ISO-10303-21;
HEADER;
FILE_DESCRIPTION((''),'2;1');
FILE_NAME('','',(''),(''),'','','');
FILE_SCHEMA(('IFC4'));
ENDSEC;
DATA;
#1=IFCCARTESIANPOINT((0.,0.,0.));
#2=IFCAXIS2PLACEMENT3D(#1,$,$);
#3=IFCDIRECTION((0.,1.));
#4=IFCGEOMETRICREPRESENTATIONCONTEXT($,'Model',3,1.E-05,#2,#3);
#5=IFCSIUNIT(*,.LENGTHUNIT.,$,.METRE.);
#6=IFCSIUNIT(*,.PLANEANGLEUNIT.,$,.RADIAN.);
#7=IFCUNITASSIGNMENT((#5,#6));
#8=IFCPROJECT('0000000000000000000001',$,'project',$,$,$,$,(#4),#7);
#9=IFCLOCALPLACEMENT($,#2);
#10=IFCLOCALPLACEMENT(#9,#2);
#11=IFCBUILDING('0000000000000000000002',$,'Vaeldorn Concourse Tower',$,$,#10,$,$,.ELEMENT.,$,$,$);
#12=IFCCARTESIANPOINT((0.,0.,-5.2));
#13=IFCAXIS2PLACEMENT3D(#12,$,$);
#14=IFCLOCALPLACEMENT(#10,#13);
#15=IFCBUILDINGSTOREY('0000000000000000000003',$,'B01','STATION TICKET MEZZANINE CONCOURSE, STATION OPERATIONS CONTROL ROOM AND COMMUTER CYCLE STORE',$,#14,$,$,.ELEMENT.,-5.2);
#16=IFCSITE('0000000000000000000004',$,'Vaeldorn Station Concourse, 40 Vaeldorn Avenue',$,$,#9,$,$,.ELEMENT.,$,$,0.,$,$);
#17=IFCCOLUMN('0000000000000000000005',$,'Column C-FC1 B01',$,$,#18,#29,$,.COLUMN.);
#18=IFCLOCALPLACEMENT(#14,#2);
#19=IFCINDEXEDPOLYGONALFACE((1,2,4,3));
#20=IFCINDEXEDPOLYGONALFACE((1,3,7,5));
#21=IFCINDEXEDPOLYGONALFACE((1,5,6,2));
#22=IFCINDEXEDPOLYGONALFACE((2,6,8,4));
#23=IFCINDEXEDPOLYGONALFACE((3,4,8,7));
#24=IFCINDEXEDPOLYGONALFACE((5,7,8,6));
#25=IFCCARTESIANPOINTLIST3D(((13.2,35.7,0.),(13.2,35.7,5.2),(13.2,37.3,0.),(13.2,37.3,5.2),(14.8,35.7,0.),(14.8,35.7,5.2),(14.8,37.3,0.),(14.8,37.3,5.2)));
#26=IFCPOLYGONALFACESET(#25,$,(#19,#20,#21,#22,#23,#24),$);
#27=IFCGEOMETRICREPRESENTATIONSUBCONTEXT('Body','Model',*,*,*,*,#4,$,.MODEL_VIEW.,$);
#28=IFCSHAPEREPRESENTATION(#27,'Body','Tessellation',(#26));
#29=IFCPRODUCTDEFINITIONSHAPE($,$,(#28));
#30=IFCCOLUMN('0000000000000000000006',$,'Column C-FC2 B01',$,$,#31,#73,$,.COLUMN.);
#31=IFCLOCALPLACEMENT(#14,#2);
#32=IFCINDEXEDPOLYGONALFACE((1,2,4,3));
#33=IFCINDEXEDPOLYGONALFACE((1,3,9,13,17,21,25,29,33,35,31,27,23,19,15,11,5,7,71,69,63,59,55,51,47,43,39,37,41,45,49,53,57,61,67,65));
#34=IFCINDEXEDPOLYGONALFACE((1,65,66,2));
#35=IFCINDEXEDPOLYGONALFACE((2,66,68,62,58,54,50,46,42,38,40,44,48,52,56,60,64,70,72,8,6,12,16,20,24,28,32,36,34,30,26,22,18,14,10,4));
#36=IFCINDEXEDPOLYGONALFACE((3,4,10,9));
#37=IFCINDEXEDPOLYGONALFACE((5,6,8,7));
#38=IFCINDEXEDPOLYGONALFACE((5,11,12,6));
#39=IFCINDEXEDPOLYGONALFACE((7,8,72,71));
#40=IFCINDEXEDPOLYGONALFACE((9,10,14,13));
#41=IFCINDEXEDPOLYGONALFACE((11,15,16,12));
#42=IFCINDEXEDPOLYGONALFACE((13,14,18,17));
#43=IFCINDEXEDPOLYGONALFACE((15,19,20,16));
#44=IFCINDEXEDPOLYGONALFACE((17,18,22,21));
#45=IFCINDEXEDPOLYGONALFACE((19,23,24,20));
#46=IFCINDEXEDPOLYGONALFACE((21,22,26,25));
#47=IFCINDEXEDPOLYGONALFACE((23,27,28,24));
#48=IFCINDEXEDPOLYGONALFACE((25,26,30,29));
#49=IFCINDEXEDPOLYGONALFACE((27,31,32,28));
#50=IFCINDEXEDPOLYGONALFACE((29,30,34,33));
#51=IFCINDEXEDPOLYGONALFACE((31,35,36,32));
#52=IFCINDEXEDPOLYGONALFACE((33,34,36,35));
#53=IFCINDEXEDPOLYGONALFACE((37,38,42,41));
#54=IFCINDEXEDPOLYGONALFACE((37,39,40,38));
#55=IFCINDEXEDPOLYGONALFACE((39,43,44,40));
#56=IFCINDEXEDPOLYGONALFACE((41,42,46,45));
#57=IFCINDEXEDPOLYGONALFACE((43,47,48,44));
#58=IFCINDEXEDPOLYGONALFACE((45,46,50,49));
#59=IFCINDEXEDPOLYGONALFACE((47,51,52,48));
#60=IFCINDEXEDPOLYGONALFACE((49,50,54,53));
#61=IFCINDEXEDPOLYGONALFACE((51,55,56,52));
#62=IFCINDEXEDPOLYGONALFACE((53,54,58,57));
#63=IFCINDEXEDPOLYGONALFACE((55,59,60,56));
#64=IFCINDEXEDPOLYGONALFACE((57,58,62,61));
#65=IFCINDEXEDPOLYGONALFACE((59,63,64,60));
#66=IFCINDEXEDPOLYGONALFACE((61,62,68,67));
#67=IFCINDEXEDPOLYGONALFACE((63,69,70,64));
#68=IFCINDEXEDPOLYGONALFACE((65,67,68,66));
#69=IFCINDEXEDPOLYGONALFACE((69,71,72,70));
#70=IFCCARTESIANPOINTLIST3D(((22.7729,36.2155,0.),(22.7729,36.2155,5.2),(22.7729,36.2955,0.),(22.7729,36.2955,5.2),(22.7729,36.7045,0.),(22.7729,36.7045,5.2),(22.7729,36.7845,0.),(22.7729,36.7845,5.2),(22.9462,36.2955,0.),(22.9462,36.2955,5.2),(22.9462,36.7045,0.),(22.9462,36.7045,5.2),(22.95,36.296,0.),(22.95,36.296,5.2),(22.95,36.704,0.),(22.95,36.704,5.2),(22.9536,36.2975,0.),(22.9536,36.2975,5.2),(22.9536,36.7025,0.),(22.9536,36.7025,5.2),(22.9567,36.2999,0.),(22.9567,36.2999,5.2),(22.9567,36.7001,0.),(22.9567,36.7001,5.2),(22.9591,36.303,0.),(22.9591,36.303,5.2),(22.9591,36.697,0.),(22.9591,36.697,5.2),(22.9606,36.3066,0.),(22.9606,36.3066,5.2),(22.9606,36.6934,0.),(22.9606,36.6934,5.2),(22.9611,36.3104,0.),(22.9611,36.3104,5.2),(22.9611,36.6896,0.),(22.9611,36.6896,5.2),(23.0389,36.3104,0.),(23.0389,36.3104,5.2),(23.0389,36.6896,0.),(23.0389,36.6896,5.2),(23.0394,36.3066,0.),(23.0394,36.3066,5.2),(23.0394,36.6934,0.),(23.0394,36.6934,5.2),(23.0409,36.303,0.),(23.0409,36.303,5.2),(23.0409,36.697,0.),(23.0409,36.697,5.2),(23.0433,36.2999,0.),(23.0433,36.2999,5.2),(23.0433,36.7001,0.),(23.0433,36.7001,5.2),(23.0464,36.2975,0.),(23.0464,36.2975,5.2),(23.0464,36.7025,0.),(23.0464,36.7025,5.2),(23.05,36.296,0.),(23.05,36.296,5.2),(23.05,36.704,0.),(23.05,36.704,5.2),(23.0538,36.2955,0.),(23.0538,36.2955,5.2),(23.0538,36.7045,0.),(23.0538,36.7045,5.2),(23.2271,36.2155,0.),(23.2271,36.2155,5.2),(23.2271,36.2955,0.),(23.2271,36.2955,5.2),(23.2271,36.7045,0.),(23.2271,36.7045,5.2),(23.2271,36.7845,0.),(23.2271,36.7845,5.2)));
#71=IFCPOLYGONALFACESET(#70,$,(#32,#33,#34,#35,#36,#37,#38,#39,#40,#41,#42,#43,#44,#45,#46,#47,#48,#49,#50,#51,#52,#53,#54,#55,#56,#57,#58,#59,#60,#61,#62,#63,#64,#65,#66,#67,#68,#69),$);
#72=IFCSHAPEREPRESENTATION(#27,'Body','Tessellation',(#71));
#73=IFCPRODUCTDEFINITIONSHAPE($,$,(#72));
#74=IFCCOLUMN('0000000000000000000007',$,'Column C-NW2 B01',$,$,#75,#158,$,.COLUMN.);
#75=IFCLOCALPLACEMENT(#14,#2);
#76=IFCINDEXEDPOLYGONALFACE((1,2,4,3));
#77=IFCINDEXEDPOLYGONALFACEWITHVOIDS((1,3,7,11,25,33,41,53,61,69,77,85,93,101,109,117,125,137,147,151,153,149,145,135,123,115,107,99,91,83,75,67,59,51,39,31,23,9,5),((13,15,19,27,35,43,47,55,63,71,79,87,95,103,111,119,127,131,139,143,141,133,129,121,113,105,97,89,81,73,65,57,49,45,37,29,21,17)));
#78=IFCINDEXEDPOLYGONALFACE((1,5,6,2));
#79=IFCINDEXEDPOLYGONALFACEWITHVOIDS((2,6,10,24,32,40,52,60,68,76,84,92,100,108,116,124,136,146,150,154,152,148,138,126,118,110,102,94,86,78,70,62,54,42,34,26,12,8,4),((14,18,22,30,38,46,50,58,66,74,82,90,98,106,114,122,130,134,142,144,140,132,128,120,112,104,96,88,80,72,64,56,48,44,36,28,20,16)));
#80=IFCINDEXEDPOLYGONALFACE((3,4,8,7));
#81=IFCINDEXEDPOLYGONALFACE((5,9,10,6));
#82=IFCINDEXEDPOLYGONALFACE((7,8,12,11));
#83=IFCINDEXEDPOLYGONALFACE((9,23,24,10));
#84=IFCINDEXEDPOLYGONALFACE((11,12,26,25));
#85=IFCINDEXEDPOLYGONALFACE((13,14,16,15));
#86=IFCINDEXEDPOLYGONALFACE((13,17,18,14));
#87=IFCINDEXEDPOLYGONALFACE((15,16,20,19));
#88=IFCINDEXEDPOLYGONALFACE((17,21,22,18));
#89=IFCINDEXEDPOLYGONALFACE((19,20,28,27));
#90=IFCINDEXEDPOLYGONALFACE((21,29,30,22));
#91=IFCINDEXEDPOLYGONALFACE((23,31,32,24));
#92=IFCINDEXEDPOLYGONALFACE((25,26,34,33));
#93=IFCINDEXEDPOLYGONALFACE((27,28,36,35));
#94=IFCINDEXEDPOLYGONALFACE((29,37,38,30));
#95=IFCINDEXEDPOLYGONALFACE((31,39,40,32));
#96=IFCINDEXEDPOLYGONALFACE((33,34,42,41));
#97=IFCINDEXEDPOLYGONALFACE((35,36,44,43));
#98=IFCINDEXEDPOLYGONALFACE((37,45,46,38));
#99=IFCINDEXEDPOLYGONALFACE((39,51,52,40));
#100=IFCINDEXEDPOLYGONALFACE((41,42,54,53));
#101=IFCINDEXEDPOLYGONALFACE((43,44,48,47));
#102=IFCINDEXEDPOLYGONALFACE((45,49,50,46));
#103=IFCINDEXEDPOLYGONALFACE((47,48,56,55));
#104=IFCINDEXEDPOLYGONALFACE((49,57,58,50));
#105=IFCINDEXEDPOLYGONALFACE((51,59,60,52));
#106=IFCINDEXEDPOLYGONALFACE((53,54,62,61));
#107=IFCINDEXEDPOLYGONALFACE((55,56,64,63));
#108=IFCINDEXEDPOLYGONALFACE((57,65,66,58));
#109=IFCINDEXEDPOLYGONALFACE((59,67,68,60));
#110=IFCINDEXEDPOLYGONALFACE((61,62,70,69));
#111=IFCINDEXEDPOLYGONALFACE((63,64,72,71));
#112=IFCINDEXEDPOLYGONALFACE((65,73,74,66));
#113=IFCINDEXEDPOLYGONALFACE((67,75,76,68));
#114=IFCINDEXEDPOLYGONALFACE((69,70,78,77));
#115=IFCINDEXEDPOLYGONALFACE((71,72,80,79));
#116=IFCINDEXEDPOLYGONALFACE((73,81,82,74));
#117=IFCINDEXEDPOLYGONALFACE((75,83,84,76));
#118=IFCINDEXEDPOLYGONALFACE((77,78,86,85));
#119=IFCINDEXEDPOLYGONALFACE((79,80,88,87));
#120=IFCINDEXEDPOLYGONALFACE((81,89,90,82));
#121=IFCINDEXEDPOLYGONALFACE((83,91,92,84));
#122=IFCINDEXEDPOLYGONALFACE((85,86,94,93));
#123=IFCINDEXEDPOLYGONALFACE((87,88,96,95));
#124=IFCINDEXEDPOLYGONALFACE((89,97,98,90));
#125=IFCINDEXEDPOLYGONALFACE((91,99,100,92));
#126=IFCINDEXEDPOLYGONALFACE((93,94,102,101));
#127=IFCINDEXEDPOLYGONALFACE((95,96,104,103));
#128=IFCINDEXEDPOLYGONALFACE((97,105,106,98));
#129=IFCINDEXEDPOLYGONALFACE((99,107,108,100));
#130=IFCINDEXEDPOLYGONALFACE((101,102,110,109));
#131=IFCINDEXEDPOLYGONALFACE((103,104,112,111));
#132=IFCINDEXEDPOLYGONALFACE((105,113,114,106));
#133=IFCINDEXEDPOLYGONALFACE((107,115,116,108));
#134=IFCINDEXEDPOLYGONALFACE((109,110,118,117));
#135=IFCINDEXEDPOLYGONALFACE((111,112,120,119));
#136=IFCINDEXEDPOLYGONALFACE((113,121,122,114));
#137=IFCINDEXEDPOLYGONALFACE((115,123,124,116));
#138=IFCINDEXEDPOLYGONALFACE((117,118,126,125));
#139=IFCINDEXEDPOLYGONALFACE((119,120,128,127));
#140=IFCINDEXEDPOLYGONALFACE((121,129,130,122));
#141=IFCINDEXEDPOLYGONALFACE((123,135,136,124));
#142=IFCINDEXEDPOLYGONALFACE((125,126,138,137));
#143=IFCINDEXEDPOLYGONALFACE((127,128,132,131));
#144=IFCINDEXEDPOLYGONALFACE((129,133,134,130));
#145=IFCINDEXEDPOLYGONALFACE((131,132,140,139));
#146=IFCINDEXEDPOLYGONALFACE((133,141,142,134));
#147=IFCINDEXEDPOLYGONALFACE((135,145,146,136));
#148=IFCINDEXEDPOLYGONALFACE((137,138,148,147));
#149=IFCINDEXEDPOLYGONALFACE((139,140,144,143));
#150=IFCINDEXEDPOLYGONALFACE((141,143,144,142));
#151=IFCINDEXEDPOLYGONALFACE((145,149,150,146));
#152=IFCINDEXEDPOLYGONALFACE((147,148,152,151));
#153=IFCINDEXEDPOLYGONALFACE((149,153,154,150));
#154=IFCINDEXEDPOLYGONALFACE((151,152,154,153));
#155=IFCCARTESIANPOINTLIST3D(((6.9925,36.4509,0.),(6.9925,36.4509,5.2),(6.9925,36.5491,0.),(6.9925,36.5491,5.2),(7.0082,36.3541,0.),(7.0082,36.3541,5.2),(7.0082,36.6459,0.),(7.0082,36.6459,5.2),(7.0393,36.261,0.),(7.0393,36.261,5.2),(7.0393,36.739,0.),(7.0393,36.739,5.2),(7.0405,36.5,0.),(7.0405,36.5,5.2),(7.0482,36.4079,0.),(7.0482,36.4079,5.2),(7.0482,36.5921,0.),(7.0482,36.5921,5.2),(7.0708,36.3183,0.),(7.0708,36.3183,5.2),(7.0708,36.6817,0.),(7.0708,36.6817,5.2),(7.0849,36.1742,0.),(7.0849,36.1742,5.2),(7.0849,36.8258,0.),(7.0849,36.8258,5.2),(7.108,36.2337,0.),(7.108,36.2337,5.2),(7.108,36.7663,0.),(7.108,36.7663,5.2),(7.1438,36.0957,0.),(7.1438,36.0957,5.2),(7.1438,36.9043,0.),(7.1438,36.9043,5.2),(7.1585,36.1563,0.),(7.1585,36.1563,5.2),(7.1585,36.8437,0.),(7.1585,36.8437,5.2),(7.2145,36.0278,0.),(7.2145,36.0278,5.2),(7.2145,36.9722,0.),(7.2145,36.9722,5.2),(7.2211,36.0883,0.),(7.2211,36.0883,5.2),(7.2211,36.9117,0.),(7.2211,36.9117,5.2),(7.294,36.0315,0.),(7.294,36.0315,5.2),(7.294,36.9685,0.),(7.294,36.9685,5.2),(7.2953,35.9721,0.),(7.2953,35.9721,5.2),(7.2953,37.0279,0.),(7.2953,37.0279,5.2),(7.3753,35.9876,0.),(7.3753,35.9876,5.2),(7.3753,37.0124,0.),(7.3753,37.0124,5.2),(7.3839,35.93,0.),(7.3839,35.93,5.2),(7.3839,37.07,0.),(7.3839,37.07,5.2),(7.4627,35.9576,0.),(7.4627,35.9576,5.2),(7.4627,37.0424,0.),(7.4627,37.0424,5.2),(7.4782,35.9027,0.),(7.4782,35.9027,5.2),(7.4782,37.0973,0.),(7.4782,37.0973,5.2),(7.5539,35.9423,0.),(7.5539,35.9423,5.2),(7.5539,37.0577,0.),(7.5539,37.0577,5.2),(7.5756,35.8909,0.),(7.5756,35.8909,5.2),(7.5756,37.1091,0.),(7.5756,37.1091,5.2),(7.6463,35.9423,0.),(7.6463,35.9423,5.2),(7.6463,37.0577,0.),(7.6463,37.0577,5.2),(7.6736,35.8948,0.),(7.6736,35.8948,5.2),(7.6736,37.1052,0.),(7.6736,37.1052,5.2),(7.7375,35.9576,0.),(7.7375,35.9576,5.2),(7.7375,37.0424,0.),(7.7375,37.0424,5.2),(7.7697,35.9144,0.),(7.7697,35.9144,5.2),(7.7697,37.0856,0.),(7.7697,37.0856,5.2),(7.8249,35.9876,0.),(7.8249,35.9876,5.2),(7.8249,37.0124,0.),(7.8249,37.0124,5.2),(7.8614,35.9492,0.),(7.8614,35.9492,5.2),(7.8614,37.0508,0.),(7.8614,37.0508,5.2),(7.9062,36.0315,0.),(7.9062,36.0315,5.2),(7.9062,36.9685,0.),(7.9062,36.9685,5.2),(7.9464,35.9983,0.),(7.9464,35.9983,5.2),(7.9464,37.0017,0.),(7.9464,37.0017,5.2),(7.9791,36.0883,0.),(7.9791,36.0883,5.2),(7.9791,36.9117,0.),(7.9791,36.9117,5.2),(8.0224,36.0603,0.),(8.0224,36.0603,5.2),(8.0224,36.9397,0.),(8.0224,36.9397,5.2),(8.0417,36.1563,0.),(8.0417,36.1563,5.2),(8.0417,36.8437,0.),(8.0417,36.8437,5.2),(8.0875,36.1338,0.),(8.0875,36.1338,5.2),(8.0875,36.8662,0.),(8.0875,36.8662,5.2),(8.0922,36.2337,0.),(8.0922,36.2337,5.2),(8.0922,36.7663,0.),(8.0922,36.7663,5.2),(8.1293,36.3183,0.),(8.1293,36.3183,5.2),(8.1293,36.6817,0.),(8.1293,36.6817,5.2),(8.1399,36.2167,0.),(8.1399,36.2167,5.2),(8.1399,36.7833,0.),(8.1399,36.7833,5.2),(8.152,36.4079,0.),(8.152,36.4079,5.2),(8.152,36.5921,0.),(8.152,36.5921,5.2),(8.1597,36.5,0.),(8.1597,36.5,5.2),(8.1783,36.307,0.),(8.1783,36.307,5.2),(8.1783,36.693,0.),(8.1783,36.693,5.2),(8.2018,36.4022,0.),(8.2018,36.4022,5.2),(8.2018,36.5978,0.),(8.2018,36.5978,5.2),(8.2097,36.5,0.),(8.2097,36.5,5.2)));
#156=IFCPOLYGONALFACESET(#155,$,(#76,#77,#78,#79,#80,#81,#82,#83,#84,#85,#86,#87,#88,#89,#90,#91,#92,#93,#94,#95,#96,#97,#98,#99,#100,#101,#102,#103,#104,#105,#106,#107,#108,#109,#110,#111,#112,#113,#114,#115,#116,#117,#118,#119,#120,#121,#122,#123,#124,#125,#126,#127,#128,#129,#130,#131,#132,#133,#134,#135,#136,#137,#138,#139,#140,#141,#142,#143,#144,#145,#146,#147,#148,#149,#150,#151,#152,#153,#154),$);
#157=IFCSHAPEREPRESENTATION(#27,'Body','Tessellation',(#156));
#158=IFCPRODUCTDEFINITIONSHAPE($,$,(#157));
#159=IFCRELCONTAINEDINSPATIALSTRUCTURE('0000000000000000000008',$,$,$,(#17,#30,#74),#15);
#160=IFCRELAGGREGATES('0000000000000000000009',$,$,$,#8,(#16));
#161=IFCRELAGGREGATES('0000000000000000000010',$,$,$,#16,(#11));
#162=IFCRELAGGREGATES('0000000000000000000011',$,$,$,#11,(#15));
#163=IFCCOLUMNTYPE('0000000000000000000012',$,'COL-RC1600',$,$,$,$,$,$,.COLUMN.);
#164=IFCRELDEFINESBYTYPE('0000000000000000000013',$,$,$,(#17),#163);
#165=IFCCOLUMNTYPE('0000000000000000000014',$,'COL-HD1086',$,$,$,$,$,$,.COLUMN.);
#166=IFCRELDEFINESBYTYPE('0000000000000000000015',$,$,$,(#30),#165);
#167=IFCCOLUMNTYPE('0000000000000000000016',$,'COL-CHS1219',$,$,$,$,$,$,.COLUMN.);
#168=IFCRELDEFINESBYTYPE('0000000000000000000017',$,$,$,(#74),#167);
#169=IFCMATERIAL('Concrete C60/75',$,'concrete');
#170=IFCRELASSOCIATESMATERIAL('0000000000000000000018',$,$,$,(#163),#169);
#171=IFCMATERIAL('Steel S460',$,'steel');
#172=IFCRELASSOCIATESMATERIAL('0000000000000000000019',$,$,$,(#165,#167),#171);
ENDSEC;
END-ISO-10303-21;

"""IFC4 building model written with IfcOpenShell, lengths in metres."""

from ifc_helpers import new_model, si_unit, direction, frame, origin, origin_2d, place, context, subcontext, project, spatial, rectangle, hollow_circle, i_section, extrude, source, transform, mapped, material, material_profile, profile_set, type_object, element, save


model = new_model("IFC4")

# Units and contexts
model_context = context("Model", 3, precision=1e-05, world=origin(), true_north=direction((0.0, 1.0)))
body_context = subcontext(model_context, "Body", "Model", "MODEL_VIEW")
ifc_project = project(units=[si_unit("LENGTHUNIT", "METRE"), si_unit("PLANEANGLEUNIT", "RADIAN")], contexts=[model_context])

# Site, building, storey
site_placement = place(None, origin())
site = spatial("IfcSite", under=ifc_project, at=site_placement, Name="Vaeldorn Station Concourse, 40 Vaeldorn Avenue", CompositionType="ELEMENT", RefElevation=0.0)
building_placement = place(site_placement, origin())
building = spatial("IfcBuilding", under=site, at=building_placement, Name="Vaeldorn Concourse Tower", CompositionType="ELEMENT")
storey_placement = place(building_placement, frame((0.0, 0.0, -5.2)))
storey = spatial("IfcBuildingStorey", under=building, at=storey_placement, Name="B01", Description="STATION TICKET MEZZANINE CONCOURSE, STATION OPERATIONS CONTROL ROOM AND COMMUTER CYCLE STORE", CompositionType="ELEMENT", Elevation=-5.2)

# Columns
ifc_material_1 = material(Name="Concrete C60/75", Category="concrete")
ifc_material_profile_1 = material_profile(ifc_material_1, rectangle(XDim=1.6001, YDim=1.6001, at=origin_2d()), Name="RC 1600x1600")
ifc_profile_set_1 = profile_set([ifc_material_profile_1], Name="Concrete C60/75")
column_type_1 = type_object("IfcColumnType", Name="COL-RC1600", PredefinedType="COLUMN", material=ifc_profile_set_1)
shared_shape_1 = source(origin(), body_context, "Body", "SweptSolid", [
    extrude(rectangle(XDim=1.6001, YDim=1.6001, at=origin_2d()), origin(), (0.0, 0.0, 1.0), 5.2),
])
column_1_placement = place(storey_placement, frame((14.0, 36.5, 0.0), z_axis=(0.0, 0.0, 1.0), x_axis=(1.0, 0.0, 0.0)))
element("IfcColumn", 1, at=column_1_placement, inside=storey, type_object=column_type_1, Name="Column C-FC1 B01", PredefinedType="COLUMN", context=body_context, shape_type="MappedRepresentation", body=[
    mapped(shared_shape_1, transform((0.0, 0.0, 0.0), scale=1.0)),
])
ifc_material_2 = material(Name="Steel S460", Category="steel")
ifc_material_profile_2 = material_profile(ifc_material_2, i_section(OverallWidth=0.4541, OverallDepth=0.5691, WebThickness=0.0779, FlangeThickness=0.0801, FilletRadius=0.0149, at=origin_2d()), Name="HD 400x1086")
ifc_profile_set_2 = profile_set([ifc_material_profile_2], Name="Steel S460")
column_type_2 = type_object("IfcColumnType", Name="COL-HD1086", PredefinedType="COLUMN", material=ifc_profile_set_2)
shared_shape_2 = source(origin(), body_context, "Body", "SweptSolid", [
    extrude(i_section(OverallWidth=0.4541, OverallDepth=0.5691, WebThickness=0.0779, FlangeThickness=0.0801, FilletRadius=0.0149, at=origin_2d()), origin(), (0.0, 0.0, 1.0), 5.2),
])
column_2_placement = place(storey_placement, frame((23.0, 36.5, 0.0), z_axis=(0.0, 0.0, 1.0), x_axis=(1.0, 0.0, 0.0)))
element("IfcColumn", 2, at=column_2_placement, inside=storey, type_object=column_type_2, Name="Column C-FC2 B01", PredefinedType="COLUMN", context=body_context, shape_type="MappedRepresentation", body=[
    mapped(shared_shape_2, transform((0.0, 0.0, 0.0), scale=1.0)),
])
ifc_material_profile_3 = material_profile(ifc_material_2, hollow_circle(Radius=0.6096, WallThickness=0.05, at=origin_2d()), Name="CHS 1219x50")
ifc_profile_set_3 = profile_set([ifc_material_profile_3], Name="Steel S460")
column_type_3 = type_object("IfcColumnType", Name="COL-CHS1219", PredefinedType="COLUMN", material=ifc_profile_set_3)
shared_shape_3 = source(origin(), body_context, "Body", "SweptSolid", [
    extrude(hollow_circle(Radius=0.6096, WallThickness=0.05, at=origin_2d()), origin(), (0.0, 0.0, 1.0), 5.2),
])
for number, where, z_axis, x_axis, name in (
    (3, (7.6001, 36.5, 0.0), (0.0, 0.0, 1.0), (1.0, 0.0, 0.0), "Column C-NW2 B01"),
):
    element("IfcColumn", number, at=place(storey_placement, frame(where, z_axis=z_axis, x_axis=x_axis)), inside=storey, type_object=column_type_3, Name=name, PredefinedType="COLUMN", context=body_context, shape_type="MappedRepresentation", body=[
        mapped(shared_shape_3, transform((0.0, 0.0, 0.0), scale=1.0)),
    ])

save(model, "model.ifc")
